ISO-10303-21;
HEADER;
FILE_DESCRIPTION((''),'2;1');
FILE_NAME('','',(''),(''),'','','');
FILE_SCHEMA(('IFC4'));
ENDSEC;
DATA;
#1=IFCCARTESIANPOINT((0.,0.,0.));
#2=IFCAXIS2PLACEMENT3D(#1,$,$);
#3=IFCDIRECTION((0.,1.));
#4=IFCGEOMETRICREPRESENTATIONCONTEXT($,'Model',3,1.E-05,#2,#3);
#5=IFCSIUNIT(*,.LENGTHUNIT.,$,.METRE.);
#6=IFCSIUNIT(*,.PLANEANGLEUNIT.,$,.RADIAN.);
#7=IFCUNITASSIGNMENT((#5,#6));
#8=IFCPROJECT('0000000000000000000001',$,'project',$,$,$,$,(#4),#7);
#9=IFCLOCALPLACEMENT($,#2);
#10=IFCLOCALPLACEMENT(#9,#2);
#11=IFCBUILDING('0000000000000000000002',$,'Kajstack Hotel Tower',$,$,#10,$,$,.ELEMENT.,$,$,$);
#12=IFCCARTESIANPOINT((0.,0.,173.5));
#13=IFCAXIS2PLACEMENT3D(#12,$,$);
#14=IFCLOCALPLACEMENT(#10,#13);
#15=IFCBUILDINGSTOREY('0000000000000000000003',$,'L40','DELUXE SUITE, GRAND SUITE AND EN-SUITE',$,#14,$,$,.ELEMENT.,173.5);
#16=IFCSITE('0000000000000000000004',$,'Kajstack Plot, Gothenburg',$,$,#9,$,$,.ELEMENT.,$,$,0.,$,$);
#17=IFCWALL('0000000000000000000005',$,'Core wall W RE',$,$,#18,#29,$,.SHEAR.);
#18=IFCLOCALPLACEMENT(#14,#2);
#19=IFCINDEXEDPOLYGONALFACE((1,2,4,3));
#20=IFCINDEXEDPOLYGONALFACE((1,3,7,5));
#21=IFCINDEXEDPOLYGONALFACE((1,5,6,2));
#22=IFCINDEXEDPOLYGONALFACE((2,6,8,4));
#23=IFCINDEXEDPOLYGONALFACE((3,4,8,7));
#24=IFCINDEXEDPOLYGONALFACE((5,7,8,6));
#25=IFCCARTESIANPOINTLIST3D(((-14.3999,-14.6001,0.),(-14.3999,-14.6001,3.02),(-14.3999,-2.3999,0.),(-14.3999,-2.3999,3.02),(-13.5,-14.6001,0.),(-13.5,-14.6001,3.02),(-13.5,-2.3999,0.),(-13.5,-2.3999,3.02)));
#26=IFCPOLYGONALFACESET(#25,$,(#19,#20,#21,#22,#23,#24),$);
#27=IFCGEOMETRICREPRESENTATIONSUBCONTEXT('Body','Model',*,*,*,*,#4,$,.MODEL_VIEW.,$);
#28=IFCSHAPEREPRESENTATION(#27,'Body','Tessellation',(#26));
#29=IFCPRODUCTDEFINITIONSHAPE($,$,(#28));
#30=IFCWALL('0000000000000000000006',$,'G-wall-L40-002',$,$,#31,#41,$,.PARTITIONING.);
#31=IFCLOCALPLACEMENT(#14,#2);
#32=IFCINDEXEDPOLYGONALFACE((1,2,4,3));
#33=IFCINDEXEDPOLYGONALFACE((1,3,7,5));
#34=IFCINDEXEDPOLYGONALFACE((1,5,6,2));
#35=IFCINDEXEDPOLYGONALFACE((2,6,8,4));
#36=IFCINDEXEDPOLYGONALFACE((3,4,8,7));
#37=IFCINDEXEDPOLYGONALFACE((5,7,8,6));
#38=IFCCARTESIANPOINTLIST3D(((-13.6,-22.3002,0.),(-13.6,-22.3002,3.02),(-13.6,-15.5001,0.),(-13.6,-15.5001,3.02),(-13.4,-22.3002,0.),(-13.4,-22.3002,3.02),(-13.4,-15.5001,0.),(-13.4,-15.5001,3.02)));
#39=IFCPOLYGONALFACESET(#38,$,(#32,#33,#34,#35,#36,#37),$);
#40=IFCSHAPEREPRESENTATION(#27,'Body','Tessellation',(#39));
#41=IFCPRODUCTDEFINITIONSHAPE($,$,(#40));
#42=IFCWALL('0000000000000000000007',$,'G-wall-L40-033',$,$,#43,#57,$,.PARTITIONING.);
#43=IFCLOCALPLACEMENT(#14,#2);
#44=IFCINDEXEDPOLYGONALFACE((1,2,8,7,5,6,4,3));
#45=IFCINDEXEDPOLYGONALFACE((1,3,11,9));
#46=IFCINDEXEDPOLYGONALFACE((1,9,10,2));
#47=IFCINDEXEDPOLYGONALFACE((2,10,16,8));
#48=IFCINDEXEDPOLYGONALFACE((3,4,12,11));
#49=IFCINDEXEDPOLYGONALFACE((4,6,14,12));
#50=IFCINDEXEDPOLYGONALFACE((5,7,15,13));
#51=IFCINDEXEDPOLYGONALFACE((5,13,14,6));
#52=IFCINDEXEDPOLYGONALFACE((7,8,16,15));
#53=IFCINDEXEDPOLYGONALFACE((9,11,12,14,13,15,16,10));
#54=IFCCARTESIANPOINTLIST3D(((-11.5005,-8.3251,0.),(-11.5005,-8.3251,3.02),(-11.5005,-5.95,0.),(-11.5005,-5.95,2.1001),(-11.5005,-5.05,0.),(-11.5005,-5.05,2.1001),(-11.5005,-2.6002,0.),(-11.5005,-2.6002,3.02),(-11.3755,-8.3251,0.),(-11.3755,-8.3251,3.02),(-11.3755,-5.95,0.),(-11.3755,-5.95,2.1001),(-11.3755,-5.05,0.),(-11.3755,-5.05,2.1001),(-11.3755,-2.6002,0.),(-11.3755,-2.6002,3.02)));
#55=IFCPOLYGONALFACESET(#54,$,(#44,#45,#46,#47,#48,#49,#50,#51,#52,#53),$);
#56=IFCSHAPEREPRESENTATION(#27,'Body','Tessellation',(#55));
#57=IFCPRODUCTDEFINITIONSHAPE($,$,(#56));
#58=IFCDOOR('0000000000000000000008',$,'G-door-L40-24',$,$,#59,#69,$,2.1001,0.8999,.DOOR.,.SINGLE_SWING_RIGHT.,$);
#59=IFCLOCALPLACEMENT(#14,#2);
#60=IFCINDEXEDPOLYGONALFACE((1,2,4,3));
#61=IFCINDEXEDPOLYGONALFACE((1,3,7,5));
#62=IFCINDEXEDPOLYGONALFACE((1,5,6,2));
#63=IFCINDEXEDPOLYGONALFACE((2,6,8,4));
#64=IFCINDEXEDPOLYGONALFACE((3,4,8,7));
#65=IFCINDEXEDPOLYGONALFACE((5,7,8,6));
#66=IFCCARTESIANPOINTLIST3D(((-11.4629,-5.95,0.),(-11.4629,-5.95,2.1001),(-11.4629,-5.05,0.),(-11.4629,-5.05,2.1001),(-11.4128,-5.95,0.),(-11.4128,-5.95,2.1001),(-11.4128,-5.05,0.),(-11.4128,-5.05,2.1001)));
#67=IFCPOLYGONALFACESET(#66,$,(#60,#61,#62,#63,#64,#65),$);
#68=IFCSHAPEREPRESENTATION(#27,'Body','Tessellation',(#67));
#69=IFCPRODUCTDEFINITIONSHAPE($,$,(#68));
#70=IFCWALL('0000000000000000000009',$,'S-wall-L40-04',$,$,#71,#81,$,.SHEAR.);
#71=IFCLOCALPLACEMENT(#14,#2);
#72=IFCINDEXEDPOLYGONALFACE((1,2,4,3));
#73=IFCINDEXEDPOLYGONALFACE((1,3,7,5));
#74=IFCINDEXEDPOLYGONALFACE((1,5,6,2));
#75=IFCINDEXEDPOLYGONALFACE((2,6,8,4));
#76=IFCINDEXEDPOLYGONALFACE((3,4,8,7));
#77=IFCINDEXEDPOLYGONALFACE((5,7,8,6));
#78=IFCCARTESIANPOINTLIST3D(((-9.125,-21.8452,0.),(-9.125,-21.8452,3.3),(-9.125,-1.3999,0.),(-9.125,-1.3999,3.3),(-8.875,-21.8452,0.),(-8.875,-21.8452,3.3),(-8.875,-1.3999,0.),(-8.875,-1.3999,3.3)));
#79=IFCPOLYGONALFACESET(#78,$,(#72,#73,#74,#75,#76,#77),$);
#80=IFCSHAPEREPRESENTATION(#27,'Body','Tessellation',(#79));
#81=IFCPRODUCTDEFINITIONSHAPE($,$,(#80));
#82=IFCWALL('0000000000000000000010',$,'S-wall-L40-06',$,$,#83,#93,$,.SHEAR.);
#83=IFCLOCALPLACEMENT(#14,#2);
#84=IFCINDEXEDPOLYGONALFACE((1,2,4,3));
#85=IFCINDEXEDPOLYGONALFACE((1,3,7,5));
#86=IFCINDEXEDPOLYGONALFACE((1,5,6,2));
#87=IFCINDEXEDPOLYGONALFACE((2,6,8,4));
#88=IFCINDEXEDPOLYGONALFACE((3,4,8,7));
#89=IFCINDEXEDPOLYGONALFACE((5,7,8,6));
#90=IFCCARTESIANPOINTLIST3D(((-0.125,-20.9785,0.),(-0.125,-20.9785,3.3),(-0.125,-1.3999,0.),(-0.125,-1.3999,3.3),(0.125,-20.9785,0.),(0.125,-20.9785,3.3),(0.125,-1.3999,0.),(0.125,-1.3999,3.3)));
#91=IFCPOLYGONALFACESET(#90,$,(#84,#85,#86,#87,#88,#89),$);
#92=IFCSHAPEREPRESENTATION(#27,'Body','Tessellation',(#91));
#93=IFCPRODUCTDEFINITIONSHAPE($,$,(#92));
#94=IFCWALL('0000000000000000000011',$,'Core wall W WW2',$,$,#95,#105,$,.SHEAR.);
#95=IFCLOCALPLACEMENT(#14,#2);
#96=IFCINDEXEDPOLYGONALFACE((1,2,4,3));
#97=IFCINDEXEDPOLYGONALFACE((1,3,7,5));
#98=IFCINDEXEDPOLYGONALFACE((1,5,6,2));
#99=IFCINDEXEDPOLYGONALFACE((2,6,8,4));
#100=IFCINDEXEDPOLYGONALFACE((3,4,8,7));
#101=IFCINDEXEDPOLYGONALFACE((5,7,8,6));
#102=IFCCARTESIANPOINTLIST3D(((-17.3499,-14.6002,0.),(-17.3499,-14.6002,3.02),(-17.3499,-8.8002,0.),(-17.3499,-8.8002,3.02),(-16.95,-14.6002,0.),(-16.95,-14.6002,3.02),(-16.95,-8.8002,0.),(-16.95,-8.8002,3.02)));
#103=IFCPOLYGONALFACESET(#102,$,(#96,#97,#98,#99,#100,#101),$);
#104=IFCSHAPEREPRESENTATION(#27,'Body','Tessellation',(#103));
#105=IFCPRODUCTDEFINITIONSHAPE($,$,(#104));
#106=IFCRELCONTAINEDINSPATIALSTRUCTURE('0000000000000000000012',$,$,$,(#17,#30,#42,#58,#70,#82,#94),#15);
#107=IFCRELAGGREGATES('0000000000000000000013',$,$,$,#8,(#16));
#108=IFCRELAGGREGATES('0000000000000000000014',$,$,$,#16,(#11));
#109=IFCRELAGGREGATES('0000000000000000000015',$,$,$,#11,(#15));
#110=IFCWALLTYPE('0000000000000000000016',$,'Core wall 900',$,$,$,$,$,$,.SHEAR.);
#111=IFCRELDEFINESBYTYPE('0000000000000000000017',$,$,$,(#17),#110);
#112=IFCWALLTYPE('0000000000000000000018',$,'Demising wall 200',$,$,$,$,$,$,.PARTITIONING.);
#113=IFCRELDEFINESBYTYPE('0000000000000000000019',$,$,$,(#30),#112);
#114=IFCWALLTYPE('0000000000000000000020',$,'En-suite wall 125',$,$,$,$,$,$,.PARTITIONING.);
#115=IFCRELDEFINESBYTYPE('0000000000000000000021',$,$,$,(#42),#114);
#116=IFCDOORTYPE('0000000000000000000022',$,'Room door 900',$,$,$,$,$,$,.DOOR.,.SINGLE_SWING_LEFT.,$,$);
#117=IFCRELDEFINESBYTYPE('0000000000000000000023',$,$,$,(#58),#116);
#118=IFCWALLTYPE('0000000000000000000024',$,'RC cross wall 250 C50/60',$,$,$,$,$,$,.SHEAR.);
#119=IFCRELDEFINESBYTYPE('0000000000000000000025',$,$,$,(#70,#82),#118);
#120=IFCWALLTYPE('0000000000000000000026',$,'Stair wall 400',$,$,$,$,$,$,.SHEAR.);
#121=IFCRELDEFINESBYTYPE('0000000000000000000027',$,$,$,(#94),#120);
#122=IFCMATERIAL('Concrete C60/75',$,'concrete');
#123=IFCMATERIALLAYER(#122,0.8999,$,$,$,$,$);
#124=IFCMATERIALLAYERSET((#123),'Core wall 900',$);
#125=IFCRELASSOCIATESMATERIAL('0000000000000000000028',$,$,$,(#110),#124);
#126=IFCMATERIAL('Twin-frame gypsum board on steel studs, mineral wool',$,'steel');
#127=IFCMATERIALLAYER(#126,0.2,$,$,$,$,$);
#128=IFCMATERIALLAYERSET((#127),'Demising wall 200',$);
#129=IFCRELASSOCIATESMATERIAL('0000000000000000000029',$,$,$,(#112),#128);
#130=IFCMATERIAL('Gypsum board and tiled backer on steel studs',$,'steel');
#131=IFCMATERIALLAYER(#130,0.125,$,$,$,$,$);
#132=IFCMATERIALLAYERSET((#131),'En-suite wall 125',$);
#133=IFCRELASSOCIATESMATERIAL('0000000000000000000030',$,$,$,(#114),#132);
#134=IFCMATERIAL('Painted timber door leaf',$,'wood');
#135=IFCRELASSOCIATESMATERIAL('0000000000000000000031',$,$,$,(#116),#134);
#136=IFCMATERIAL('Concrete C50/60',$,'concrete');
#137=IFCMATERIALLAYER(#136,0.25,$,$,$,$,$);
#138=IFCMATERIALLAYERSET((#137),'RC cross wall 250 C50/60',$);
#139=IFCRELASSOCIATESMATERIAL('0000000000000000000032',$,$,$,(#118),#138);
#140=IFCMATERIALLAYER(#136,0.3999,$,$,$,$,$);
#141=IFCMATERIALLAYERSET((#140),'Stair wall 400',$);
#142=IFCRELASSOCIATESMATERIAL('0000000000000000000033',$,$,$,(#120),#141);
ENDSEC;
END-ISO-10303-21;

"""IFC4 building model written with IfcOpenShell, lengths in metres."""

from ifc_helpers import new_model, si_unit, direction, frame, frame_2d, origin, place, context, subcontext, project, spatial, rectangle, extrude, material, layer, layer_set, type_object, element, fill, save


model = new_model("IFC4")

# Units and contexts
model_context = context("Model", 3, precision=1e-05, world=origin(), true_north=direction((0.0, 1.0)))
body_context = subcontext(model_context, "Body", "Model", "MODEL_VIEW")
ifc_project = project(units=[si_unit("LENGTHUNIT", "METRE"), si_unit("PLANEANGLEUNIT", "RADIAN")], contexts=[model_context])

# Site, building, storey
site_placement = place(None, origin())
site = spatial("IfcSite", under=ifc_project, at=site_placement, Name="Kajstack Plot, Gothenburg", CompositionType="ELEMENT", RefElevation=0.0)
building_placement = place(site_placement, origin())
building = spatial("IfcBuilding", under=site, at=building_placement, Name="Kajstack Hotel Tower", CompositionType="ELEMENT")
storey_placement = place(building_placement, frame((0.0, 0.0, 173.5)))
storey = spatial("IfcBuildingStorey", under=building, at=storey_placement, Name="L40", Description="DELUXE SUITE, GRAND SUITE AND EN-SUITE", CompositionType="ELEMENT", Elevation=173.5)

# Walls
ifc_material_1 = material(Name="Concrete C60/75", Category="concrete")
ifc_layer_1 = layer(ifc_material_1, 0.8999)
ifc_layer_set_1 = layer_set([ifc_layer_1], Name="Core wall 900")
wall_type_1 = type_object("IfcWallType", Name="Core wall 900", PredefinedType="SHEAR", material=ifc_layer_set_1)
wall_1_placement = place(storey_placement, frame((-13.95, -14.6001, 0.0), z_axis=(0.0, 0.0, 1.0), x_axis=(0.0, 1.0, 0.0)))
element("IfcWall", 1, at=wall_1_placement, inside=storey, type_object=wall_type_1, Name="Core wall W RE", PredefinedType="SHEAR", context=body_context, shape_type="SweptSolid", body=[
    extrude(rectangle(XDim=12.2002, YDim=0.8999, at=frame_2d((6.1001, 0.0))), origin(), (0.0, 0.0, 1.0), 3.02),
])
ifc_material_2 = material(Name="Twin-frame gypsum board on steel studs, mineral wool", Category="steel")
ifc_layer_2 = layer(ifc_material_2, 0.2)
ifc_layer_set_2 = layer_set([ifc_layer_2], Name="Demising wall 200")
wall_type_2 = type_object("IfcWallType", Name="Demising wall 200", PredefinedType="PARTITIONING", material=ifc_layer_set_2)
wall_2_placement = place(storey_placement, frame((-13.5, -22.3, 0.0), z_axis=(0.0, 0.0, 1.0), x_axis=(0.0, 1.0, 0.0)))
element("IfcWall", 2, at=wall_2_placement, inside=storey, type_object=wall_type_2, Name="G-wall-L40-002", PredefinedType="PARTITIONING", context=body_context, shape_type="SweptSolid", body=[
    extrude(rectangle(XDim=6.8, YDim=0.2, at=frame_2d((3.3999, 0.0))), origin(), (0.0, 0.0, 1.0), 3.02),
])

# Wall, opening, door
ifc_material_3 = material(Name="Gypsum board and tiled backer on steel studs", Category="steel")
ifc_layer_3 = layer(ifc_material_3, 0.125)
ifc_layer_set_3 = layer_set([ifc_layer_3], Name="En-suite wall 125")
wall_type_3 = type_object("IfcWallType", Name="En-suite wall 125", PredefinedType="PARTITIONING", material=ifc_layer_set_3)
wall_3_placement = place(storey_placement, frame((-11.438, -8.325, 0.0), z_axis=(0.0, 0.0, 1.0), x_axis=(0.0, 1.0, 0.0)))
wall_3 = element("IfcWall", 3, at=wall_3_placement, inside=storey, type_object=wall_type_3, Name="G-wall-L40-033", PredefinedType="PARTITIONING", context=body_context, shape_type="SweptSolid", body=[
    extrude(rectangle(XDim=5.7249, YDim=0.125, at=frame_2d((2.8623, 0.0))), origin(), (0.0, 0.0, 1.0), 3.02),
])
opening_1_placement = place(wall_3_placement, frame((2.375, 0.0, 0.0)))
opening_1 = element("IfcOpeningElement", 4, at=opening_1_placement, cuts=wall_3, PredefinedType="OPENING", context=body_context, shape_type="SweptSolid", body=[
    extrude(rectangle(XDim=0.8999, YDim=2.1001, at=frame_2d((0.45, 1.05))), frame((0.0, 0.0725, 0.0), z_axis=(0.0, -1.0, 0.0), x_axis=(1.0, 0.0, 0.0)), (0.0, 0.0, 1.0), 0.145),
])
ifc_material_4 = material(Name="Painted timber door leaf", Category="wood")
door_type = type_object("IfcDoorType", Name="Room door 900", OperationType="SINGLE_SWING_LEFT", PredefinedType="DOOR", material=ifc_material_4)
door_placement = place(opening_1_placement, origin())
door = element("IfcDoor", 5, at=door_placement, inside=storey, type_object=door_type, Name="G-door-L40-24", OperationType="SINGLE_SWING_RIGHT", OverallHeight=2.1001, OverallWidth=0.8999, PredefinedType="DOOR", context=body_context, shape_type="SweptSolid", body=[
    extrude(rectangle(XDim=0.8999, YDim=2.1001, at=frame_2d((0.45, 1.05))), frame((0.0, 0.0249, 0.0), z_axis=(0.0, -1.0, 0.0), x_axis=(1.0, 0.0, 0.0)), (0.0, 0.0, 1.0), 0.05),
])
fill(opening_1, door)

# Walls
ifc_material_5 = material(Name="Concrete C50/60", Category="concrete")
ifc_layer_4 = layer(ifc_material_5, 0.25)
ifc_layer_set_4 = layer_set([ifc_layer_4], Name="RC cross wall 250 C50/60")
wall_type_4 = type_object("IfcWallType", Name="RC cross wall 250 C50/60", PredefinedType="SHEAR", material=ifc_layer_set_4)
wall_4_placement = place(storey_placement, frame((-9.0, -21.8452, 0.0), z_axis=(0.0, 0.0, 1.0), x_axis=(0.0, 1.0, 0.0)))
element("IfcWall", 6, at=wall_4_placement, inside=storey, type_object=wall_type_4, Name="S-wall-L40-04", PredefinedType="SHEAR", context=body_context, shape_type="SweptSolid", body=[
    extrude(rectangle(XDim=20.4453, YDim=0.25, at=frame_2d((10.2227, 0.0))), origin(), (0.0, 0.0, 1.0), 3.3),
])
wall_5_placement = place(storey_placement, frame((0.0, -20.9785, 0.0), z_axis=(0.0, 0.0, 1.0), x_axis=(0.0, 1.0, 0.0)))
element("IfcWall", 7, at=wall_5_placement, inside=storey, type_object=wall_type_4, Name="S-wall-L40-06", PredefinedType="SHEAR", context=body_context, shape_type="SweptSolid", body=[
    extrude(rectangle(XDim=19.5786, YDim=0.25, at=frame_2d((9.7893, 0.0))), origin(), (0.0, 0.0, 1.0), 3.3),
])
ifc_layer_5 = layer(ifc_material_5, 0.3999)
ifc_layer_set_5 = layer_set([ifc_layer_5], Name="Stair wall 400")
wall_type_5 = type_object("IfcWallType", Name="Stair wall 400", PredefinedType="SHEAR", material=ifc_layer_set_5)
wall_6_placement = place(storey_placement, frame((-17.1499, -14.6001, 0.0), z_axis=(0.0, 0.0, 1.0), x_axis=(0.0, 1.0, 0.0)))
element("IfcWall", 8, at=wall_6_placement, inside=storey, type_object=wall_type_5, Name="Core wall W WW2", PredefinedType="SHEAR", context=body_context, shape_type="SweptSolid", body=[
    extrude(rectangle(XDim=5.8, YDim=0.3999, at=frame_2d((2.8999, 0.0))), origin(), (0.0, 0.0, 1.0), 3.02),
])

save(model, "model.ifc")
